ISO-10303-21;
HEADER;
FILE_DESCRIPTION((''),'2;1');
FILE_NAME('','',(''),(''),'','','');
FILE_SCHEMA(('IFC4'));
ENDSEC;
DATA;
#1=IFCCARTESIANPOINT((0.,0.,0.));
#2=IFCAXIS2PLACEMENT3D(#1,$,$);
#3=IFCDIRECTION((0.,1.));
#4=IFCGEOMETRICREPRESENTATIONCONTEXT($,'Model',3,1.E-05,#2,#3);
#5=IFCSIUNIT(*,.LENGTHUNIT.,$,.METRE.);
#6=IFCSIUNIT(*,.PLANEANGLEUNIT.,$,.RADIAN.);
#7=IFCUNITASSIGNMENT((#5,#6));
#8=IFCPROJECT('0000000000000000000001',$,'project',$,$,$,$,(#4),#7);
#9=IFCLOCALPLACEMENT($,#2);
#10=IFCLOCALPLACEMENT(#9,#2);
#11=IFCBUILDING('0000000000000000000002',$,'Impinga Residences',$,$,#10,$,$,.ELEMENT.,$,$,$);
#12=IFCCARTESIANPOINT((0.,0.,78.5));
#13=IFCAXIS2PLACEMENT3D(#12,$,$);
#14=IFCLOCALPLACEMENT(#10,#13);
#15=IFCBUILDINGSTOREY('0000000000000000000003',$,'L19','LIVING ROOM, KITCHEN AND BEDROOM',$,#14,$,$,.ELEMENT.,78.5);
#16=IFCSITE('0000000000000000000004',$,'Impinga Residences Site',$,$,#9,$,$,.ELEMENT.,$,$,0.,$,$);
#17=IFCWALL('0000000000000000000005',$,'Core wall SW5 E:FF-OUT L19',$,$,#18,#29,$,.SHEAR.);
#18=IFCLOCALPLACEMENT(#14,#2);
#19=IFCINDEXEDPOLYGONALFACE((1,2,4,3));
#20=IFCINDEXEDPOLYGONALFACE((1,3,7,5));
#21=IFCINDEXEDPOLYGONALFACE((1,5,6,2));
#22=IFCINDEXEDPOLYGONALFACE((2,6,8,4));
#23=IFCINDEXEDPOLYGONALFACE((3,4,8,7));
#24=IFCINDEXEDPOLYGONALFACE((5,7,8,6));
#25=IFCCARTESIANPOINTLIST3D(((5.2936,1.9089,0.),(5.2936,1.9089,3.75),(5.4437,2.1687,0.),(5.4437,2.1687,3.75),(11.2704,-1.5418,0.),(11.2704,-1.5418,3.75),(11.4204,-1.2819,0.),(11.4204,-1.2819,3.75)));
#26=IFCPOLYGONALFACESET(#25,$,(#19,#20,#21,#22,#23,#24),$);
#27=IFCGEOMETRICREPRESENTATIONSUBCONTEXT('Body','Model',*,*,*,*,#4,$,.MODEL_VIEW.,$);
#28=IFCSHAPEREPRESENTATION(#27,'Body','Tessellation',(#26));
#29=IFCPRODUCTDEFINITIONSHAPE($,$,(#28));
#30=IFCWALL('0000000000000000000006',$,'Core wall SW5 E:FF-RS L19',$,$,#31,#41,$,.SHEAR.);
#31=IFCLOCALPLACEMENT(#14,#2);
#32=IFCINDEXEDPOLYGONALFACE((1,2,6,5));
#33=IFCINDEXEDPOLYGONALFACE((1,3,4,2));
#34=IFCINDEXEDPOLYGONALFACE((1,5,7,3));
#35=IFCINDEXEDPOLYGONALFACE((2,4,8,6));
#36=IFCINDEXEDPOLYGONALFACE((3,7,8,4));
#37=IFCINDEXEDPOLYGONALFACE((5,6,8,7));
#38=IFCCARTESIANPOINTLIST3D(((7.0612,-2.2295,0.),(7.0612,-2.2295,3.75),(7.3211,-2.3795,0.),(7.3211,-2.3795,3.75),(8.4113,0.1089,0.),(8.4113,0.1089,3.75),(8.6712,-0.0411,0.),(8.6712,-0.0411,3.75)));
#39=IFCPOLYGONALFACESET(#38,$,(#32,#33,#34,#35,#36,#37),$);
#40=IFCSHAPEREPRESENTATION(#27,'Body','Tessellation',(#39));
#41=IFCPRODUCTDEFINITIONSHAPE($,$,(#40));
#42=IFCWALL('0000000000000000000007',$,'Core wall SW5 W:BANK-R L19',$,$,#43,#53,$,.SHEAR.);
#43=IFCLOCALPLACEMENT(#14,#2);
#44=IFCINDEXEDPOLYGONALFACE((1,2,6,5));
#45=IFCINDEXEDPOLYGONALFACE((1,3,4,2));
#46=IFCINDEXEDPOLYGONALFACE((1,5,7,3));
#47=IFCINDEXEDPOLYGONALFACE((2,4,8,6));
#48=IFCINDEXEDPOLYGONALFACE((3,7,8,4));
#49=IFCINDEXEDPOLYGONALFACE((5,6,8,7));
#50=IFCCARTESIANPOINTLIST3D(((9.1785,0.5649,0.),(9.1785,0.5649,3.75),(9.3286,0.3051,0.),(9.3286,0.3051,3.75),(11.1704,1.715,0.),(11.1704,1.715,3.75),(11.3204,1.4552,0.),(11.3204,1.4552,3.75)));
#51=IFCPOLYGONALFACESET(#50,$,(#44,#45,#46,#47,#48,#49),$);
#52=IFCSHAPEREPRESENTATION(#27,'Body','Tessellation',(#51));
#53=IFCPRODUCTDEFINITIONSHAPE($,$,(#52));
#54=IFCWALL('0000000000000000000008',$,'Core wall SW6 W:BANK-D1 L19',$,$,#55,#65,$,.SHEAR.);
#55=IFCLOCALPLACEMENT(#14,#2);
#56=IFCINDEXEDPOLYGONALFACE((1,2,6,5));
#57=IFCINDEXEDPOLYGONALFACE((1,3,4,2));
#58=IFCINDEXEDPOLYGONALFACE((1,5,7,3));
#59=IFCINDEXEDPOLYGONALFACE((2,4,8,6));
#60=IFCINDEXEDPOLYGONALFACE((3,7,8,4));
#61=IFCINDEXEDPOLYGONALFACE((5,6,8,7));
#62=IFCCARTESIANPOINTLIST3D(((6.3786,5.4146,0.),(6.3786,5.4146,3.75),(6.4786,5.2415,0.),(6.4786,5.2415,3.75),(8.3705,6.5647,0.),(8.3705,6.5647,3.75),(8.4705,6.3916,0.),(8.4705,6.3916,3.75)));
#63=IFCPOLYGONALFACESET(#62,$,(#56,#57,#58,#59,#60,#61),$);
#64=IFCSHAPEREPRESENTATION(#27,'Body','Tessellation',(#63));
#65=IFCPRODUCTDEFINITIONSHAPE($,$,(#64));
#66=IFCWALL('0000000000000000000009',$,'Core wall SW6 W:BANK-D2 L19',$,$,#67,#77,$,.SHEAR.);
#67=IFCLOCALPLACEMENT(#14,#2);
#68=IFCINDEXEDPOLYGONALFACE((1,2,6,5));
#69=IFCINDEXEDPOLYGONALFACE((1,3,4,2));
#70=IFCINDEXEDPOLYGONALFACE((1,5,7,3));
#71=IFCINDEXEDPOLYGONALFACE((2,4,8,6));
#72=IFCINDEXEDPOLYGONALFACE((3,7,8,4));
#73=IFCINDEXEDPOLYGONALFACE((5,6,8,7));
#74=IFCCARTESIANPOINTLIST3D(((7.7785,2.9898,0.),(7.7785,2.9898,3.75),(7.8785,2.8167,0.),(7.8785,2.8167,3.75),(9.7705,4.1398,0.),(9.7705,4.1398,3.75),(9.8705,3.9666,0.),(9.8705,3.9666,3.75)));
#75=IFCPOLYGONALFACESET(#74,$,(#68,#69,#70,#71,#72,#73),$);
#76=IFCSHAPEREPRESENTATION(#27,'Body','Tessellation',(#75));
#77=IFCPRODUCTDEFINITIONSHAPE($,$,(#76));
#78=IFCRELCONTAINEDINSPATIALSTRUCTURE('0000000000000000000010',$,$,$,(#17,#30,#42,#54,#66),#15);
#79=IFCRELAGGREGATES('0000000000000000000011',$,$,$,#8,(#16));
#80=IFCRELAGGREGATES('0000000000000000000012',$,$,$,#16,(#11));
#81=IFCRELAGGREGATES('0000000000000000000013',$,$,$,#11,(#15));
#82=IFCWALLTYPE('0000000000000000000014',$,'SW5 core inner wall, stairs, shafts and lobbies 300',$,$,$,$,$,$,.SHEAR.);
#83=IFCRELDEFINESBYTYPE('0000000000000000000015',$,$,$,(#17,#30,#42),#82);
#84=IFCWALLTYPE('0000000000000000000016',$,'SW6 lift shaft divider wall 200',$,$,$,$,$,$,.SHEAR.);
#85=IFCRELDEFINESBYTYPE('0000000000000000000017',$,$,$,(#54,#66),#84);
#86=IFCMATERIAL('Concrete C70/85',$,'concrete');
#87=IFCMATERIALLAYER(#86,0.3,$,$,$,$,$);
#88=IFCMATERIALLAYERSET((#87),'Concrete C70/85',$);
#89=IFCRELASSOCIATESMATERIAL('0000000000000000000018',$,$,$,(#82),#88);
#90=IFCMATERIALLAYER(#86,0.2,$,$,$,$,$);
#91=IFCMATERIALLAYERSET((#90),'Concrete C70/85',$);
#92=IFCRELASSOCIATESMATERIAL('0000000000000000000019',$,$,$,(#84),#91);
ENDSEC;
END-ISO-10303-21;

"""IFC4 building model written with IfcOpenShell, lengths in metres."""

from ifc_helpers import new_model, si_unit, direction, frame, frame_2d, origin, place, context, subcontext, project, spatial, rectangle, extrude, material, layer, layer_set, type_object, element, save


model = new_model("IFC4")

# Units and contexts
model_context = context("Model", 3, precision=1e-05, world=origin(), true_north=direction((0.0, 1.0)))
body_context = subcontext(model_context, "Body", "Model", "MODEL_VIEW")
ifc_project = project(units=[si_unit("LENGTHUNIT", "METRE"), si_unit("PLANEANGLEUNIT", "RADIAN")], contexts=[model_context])

# Site, building, storey
site_placement = place(None, origin())
site = spatial("IfcSite", under=ifc_project, at=site_placement, Name="Impinga Residences Site", CompositionType="ELEMENT", RefElevation=0.0)
building_placement = place(site_placement, origin())
building = spatial("IfcBuilding", under=site, at=building_placement, Name="Impinga Residences", CompositionType="ELEMENT")
storey_placement = place(building_placement, frame((0.0, 0.0, 78.5)))
storey = spatial("IfcBuildingStorey", under=building, at=storey_placement, Name="L19", Description="LIVING ROOM, KITCHEN AND BEDROOM", CompositionType="ELEMENT", Elevation=78.5)

# Shared definitions
ifc_material_1 = material(Name="Concrete C70/85", Category="concrete")

# Shared definitions
ifc_layer_1 = layer(ifc_material_1, 0.3)
ifc_layer_set_1 = layer_set([ifc_layer_1], Name="Concrete C70/85")
wall_type_1 = type_object("IfcWallType", Name="SW5 core inner wall, stairs, shafts and lobbies 300", PredefinedType="SHEAR", material=ifc_layer_set_1)

# Walls
wall_1_placement = place(storey_placement, frame((5.3687, 2.0388, 0.0), z_axis=(0.0, 0.0, 1.0), x_axis=(0.866027, -0.499997, 0.0)))
element("IfcWall", 1, at=wall_1_placement, inside=storey, type_object=wall_type_1, Name="Core wall SW5 E:FF-OUT L19", PredefinedType="SHEAR", context=body_context, shape_type="SweptSolid", body=[
    extrude(rectangle(XDim=6.9014, YDim=0.3, at=frame_2d((3.4507, 0.0))), origin(), (0.0, 0.0, 1.0), 3.75),
])
wall_2_placement = place(storey_placement, frame((8.5413, 0.0339, 0.0), z_axis=(0.0, 0.0, 1.0), x_axis=(-0.500009, -0.86602, 0.0)))
element("IfcWall", 2, at=wall_2_placement, inside=storey, type_object=wall_type_1, Name="Core wall SW5 E:FF-RS L19", PredefinedType="SHEAR", context=body_context, shape_type="SweptSolid", body=[
    extrude(rectangle(XDim=2.7002, YDim=0.3, at=frame_2d((1.3501, 0.0))), origin(), (0.0, 0.0, 1.0), 3.75),
])
wall_3_placement = place(storey_placement, frame((9.2537, 0.4351, 0.0), z_axis=(0.0, 0.0, 1.0), x_axis=(0.866007, 0.500032, 0.0)))
element("IfcWall", 3, at=wall_3_placement, inside=storey, type_object=wall_type_1, Name="Core wall SW5 W:BANK-R L19", PredefinedType="SHEAR", context=body_context, shape_type="SweptSolid", body=[
    extrude(rectangle(XDim=2.3, YDim=0.3, at=frame_2d((1.1499, 0.0))), origin(), (0.0, 0.0, 1.0), 3.75),
])
ifc_layer_2 = layer(ifc_material_1, 0.2)
ifc_layer_set_2 = layer_set([ifc_layer_2], Name="Concrete C70/85")
wall_type_2 = type_object("IfcWallType", Name="SW6 lift shaft divider wall 200", PredefinedType="SHEAR", material=ifc_layer_set_2)
for number, where, z_axis, x_axis, name in (
    (4, (6.4287, 5.3281, 0.0), (0.0, 0.0, 1.0), (0.866007, 0.500032, 0.0), "Core wall SW6 W:BANK-D1 L19"),
    (5, (7.8286, 2.9033, 0.0), (0.0, 0.0, 1.0), (0.866053, 0.499952, 0.0), "Core wall SW6 W:BANK-D2 L19"),
):
    element("IfcWall", number, at=place(storey_placement, frame(where, z_axis=z_axis, x_axis=x_axis)), inside=storey, type_object=wall_type_2, Name=name, PredefinedType="SHEAR", context=body_context, shape_type="SweptSolid", body=[
        extrude(rectangle(XDim=2.3, YDim=0.2, at=frame_2d((1.1499, 0.0))), origin(), (0.0, 0.0, 1.0), 3.75),
    ])

save(model, "model.ifc")
